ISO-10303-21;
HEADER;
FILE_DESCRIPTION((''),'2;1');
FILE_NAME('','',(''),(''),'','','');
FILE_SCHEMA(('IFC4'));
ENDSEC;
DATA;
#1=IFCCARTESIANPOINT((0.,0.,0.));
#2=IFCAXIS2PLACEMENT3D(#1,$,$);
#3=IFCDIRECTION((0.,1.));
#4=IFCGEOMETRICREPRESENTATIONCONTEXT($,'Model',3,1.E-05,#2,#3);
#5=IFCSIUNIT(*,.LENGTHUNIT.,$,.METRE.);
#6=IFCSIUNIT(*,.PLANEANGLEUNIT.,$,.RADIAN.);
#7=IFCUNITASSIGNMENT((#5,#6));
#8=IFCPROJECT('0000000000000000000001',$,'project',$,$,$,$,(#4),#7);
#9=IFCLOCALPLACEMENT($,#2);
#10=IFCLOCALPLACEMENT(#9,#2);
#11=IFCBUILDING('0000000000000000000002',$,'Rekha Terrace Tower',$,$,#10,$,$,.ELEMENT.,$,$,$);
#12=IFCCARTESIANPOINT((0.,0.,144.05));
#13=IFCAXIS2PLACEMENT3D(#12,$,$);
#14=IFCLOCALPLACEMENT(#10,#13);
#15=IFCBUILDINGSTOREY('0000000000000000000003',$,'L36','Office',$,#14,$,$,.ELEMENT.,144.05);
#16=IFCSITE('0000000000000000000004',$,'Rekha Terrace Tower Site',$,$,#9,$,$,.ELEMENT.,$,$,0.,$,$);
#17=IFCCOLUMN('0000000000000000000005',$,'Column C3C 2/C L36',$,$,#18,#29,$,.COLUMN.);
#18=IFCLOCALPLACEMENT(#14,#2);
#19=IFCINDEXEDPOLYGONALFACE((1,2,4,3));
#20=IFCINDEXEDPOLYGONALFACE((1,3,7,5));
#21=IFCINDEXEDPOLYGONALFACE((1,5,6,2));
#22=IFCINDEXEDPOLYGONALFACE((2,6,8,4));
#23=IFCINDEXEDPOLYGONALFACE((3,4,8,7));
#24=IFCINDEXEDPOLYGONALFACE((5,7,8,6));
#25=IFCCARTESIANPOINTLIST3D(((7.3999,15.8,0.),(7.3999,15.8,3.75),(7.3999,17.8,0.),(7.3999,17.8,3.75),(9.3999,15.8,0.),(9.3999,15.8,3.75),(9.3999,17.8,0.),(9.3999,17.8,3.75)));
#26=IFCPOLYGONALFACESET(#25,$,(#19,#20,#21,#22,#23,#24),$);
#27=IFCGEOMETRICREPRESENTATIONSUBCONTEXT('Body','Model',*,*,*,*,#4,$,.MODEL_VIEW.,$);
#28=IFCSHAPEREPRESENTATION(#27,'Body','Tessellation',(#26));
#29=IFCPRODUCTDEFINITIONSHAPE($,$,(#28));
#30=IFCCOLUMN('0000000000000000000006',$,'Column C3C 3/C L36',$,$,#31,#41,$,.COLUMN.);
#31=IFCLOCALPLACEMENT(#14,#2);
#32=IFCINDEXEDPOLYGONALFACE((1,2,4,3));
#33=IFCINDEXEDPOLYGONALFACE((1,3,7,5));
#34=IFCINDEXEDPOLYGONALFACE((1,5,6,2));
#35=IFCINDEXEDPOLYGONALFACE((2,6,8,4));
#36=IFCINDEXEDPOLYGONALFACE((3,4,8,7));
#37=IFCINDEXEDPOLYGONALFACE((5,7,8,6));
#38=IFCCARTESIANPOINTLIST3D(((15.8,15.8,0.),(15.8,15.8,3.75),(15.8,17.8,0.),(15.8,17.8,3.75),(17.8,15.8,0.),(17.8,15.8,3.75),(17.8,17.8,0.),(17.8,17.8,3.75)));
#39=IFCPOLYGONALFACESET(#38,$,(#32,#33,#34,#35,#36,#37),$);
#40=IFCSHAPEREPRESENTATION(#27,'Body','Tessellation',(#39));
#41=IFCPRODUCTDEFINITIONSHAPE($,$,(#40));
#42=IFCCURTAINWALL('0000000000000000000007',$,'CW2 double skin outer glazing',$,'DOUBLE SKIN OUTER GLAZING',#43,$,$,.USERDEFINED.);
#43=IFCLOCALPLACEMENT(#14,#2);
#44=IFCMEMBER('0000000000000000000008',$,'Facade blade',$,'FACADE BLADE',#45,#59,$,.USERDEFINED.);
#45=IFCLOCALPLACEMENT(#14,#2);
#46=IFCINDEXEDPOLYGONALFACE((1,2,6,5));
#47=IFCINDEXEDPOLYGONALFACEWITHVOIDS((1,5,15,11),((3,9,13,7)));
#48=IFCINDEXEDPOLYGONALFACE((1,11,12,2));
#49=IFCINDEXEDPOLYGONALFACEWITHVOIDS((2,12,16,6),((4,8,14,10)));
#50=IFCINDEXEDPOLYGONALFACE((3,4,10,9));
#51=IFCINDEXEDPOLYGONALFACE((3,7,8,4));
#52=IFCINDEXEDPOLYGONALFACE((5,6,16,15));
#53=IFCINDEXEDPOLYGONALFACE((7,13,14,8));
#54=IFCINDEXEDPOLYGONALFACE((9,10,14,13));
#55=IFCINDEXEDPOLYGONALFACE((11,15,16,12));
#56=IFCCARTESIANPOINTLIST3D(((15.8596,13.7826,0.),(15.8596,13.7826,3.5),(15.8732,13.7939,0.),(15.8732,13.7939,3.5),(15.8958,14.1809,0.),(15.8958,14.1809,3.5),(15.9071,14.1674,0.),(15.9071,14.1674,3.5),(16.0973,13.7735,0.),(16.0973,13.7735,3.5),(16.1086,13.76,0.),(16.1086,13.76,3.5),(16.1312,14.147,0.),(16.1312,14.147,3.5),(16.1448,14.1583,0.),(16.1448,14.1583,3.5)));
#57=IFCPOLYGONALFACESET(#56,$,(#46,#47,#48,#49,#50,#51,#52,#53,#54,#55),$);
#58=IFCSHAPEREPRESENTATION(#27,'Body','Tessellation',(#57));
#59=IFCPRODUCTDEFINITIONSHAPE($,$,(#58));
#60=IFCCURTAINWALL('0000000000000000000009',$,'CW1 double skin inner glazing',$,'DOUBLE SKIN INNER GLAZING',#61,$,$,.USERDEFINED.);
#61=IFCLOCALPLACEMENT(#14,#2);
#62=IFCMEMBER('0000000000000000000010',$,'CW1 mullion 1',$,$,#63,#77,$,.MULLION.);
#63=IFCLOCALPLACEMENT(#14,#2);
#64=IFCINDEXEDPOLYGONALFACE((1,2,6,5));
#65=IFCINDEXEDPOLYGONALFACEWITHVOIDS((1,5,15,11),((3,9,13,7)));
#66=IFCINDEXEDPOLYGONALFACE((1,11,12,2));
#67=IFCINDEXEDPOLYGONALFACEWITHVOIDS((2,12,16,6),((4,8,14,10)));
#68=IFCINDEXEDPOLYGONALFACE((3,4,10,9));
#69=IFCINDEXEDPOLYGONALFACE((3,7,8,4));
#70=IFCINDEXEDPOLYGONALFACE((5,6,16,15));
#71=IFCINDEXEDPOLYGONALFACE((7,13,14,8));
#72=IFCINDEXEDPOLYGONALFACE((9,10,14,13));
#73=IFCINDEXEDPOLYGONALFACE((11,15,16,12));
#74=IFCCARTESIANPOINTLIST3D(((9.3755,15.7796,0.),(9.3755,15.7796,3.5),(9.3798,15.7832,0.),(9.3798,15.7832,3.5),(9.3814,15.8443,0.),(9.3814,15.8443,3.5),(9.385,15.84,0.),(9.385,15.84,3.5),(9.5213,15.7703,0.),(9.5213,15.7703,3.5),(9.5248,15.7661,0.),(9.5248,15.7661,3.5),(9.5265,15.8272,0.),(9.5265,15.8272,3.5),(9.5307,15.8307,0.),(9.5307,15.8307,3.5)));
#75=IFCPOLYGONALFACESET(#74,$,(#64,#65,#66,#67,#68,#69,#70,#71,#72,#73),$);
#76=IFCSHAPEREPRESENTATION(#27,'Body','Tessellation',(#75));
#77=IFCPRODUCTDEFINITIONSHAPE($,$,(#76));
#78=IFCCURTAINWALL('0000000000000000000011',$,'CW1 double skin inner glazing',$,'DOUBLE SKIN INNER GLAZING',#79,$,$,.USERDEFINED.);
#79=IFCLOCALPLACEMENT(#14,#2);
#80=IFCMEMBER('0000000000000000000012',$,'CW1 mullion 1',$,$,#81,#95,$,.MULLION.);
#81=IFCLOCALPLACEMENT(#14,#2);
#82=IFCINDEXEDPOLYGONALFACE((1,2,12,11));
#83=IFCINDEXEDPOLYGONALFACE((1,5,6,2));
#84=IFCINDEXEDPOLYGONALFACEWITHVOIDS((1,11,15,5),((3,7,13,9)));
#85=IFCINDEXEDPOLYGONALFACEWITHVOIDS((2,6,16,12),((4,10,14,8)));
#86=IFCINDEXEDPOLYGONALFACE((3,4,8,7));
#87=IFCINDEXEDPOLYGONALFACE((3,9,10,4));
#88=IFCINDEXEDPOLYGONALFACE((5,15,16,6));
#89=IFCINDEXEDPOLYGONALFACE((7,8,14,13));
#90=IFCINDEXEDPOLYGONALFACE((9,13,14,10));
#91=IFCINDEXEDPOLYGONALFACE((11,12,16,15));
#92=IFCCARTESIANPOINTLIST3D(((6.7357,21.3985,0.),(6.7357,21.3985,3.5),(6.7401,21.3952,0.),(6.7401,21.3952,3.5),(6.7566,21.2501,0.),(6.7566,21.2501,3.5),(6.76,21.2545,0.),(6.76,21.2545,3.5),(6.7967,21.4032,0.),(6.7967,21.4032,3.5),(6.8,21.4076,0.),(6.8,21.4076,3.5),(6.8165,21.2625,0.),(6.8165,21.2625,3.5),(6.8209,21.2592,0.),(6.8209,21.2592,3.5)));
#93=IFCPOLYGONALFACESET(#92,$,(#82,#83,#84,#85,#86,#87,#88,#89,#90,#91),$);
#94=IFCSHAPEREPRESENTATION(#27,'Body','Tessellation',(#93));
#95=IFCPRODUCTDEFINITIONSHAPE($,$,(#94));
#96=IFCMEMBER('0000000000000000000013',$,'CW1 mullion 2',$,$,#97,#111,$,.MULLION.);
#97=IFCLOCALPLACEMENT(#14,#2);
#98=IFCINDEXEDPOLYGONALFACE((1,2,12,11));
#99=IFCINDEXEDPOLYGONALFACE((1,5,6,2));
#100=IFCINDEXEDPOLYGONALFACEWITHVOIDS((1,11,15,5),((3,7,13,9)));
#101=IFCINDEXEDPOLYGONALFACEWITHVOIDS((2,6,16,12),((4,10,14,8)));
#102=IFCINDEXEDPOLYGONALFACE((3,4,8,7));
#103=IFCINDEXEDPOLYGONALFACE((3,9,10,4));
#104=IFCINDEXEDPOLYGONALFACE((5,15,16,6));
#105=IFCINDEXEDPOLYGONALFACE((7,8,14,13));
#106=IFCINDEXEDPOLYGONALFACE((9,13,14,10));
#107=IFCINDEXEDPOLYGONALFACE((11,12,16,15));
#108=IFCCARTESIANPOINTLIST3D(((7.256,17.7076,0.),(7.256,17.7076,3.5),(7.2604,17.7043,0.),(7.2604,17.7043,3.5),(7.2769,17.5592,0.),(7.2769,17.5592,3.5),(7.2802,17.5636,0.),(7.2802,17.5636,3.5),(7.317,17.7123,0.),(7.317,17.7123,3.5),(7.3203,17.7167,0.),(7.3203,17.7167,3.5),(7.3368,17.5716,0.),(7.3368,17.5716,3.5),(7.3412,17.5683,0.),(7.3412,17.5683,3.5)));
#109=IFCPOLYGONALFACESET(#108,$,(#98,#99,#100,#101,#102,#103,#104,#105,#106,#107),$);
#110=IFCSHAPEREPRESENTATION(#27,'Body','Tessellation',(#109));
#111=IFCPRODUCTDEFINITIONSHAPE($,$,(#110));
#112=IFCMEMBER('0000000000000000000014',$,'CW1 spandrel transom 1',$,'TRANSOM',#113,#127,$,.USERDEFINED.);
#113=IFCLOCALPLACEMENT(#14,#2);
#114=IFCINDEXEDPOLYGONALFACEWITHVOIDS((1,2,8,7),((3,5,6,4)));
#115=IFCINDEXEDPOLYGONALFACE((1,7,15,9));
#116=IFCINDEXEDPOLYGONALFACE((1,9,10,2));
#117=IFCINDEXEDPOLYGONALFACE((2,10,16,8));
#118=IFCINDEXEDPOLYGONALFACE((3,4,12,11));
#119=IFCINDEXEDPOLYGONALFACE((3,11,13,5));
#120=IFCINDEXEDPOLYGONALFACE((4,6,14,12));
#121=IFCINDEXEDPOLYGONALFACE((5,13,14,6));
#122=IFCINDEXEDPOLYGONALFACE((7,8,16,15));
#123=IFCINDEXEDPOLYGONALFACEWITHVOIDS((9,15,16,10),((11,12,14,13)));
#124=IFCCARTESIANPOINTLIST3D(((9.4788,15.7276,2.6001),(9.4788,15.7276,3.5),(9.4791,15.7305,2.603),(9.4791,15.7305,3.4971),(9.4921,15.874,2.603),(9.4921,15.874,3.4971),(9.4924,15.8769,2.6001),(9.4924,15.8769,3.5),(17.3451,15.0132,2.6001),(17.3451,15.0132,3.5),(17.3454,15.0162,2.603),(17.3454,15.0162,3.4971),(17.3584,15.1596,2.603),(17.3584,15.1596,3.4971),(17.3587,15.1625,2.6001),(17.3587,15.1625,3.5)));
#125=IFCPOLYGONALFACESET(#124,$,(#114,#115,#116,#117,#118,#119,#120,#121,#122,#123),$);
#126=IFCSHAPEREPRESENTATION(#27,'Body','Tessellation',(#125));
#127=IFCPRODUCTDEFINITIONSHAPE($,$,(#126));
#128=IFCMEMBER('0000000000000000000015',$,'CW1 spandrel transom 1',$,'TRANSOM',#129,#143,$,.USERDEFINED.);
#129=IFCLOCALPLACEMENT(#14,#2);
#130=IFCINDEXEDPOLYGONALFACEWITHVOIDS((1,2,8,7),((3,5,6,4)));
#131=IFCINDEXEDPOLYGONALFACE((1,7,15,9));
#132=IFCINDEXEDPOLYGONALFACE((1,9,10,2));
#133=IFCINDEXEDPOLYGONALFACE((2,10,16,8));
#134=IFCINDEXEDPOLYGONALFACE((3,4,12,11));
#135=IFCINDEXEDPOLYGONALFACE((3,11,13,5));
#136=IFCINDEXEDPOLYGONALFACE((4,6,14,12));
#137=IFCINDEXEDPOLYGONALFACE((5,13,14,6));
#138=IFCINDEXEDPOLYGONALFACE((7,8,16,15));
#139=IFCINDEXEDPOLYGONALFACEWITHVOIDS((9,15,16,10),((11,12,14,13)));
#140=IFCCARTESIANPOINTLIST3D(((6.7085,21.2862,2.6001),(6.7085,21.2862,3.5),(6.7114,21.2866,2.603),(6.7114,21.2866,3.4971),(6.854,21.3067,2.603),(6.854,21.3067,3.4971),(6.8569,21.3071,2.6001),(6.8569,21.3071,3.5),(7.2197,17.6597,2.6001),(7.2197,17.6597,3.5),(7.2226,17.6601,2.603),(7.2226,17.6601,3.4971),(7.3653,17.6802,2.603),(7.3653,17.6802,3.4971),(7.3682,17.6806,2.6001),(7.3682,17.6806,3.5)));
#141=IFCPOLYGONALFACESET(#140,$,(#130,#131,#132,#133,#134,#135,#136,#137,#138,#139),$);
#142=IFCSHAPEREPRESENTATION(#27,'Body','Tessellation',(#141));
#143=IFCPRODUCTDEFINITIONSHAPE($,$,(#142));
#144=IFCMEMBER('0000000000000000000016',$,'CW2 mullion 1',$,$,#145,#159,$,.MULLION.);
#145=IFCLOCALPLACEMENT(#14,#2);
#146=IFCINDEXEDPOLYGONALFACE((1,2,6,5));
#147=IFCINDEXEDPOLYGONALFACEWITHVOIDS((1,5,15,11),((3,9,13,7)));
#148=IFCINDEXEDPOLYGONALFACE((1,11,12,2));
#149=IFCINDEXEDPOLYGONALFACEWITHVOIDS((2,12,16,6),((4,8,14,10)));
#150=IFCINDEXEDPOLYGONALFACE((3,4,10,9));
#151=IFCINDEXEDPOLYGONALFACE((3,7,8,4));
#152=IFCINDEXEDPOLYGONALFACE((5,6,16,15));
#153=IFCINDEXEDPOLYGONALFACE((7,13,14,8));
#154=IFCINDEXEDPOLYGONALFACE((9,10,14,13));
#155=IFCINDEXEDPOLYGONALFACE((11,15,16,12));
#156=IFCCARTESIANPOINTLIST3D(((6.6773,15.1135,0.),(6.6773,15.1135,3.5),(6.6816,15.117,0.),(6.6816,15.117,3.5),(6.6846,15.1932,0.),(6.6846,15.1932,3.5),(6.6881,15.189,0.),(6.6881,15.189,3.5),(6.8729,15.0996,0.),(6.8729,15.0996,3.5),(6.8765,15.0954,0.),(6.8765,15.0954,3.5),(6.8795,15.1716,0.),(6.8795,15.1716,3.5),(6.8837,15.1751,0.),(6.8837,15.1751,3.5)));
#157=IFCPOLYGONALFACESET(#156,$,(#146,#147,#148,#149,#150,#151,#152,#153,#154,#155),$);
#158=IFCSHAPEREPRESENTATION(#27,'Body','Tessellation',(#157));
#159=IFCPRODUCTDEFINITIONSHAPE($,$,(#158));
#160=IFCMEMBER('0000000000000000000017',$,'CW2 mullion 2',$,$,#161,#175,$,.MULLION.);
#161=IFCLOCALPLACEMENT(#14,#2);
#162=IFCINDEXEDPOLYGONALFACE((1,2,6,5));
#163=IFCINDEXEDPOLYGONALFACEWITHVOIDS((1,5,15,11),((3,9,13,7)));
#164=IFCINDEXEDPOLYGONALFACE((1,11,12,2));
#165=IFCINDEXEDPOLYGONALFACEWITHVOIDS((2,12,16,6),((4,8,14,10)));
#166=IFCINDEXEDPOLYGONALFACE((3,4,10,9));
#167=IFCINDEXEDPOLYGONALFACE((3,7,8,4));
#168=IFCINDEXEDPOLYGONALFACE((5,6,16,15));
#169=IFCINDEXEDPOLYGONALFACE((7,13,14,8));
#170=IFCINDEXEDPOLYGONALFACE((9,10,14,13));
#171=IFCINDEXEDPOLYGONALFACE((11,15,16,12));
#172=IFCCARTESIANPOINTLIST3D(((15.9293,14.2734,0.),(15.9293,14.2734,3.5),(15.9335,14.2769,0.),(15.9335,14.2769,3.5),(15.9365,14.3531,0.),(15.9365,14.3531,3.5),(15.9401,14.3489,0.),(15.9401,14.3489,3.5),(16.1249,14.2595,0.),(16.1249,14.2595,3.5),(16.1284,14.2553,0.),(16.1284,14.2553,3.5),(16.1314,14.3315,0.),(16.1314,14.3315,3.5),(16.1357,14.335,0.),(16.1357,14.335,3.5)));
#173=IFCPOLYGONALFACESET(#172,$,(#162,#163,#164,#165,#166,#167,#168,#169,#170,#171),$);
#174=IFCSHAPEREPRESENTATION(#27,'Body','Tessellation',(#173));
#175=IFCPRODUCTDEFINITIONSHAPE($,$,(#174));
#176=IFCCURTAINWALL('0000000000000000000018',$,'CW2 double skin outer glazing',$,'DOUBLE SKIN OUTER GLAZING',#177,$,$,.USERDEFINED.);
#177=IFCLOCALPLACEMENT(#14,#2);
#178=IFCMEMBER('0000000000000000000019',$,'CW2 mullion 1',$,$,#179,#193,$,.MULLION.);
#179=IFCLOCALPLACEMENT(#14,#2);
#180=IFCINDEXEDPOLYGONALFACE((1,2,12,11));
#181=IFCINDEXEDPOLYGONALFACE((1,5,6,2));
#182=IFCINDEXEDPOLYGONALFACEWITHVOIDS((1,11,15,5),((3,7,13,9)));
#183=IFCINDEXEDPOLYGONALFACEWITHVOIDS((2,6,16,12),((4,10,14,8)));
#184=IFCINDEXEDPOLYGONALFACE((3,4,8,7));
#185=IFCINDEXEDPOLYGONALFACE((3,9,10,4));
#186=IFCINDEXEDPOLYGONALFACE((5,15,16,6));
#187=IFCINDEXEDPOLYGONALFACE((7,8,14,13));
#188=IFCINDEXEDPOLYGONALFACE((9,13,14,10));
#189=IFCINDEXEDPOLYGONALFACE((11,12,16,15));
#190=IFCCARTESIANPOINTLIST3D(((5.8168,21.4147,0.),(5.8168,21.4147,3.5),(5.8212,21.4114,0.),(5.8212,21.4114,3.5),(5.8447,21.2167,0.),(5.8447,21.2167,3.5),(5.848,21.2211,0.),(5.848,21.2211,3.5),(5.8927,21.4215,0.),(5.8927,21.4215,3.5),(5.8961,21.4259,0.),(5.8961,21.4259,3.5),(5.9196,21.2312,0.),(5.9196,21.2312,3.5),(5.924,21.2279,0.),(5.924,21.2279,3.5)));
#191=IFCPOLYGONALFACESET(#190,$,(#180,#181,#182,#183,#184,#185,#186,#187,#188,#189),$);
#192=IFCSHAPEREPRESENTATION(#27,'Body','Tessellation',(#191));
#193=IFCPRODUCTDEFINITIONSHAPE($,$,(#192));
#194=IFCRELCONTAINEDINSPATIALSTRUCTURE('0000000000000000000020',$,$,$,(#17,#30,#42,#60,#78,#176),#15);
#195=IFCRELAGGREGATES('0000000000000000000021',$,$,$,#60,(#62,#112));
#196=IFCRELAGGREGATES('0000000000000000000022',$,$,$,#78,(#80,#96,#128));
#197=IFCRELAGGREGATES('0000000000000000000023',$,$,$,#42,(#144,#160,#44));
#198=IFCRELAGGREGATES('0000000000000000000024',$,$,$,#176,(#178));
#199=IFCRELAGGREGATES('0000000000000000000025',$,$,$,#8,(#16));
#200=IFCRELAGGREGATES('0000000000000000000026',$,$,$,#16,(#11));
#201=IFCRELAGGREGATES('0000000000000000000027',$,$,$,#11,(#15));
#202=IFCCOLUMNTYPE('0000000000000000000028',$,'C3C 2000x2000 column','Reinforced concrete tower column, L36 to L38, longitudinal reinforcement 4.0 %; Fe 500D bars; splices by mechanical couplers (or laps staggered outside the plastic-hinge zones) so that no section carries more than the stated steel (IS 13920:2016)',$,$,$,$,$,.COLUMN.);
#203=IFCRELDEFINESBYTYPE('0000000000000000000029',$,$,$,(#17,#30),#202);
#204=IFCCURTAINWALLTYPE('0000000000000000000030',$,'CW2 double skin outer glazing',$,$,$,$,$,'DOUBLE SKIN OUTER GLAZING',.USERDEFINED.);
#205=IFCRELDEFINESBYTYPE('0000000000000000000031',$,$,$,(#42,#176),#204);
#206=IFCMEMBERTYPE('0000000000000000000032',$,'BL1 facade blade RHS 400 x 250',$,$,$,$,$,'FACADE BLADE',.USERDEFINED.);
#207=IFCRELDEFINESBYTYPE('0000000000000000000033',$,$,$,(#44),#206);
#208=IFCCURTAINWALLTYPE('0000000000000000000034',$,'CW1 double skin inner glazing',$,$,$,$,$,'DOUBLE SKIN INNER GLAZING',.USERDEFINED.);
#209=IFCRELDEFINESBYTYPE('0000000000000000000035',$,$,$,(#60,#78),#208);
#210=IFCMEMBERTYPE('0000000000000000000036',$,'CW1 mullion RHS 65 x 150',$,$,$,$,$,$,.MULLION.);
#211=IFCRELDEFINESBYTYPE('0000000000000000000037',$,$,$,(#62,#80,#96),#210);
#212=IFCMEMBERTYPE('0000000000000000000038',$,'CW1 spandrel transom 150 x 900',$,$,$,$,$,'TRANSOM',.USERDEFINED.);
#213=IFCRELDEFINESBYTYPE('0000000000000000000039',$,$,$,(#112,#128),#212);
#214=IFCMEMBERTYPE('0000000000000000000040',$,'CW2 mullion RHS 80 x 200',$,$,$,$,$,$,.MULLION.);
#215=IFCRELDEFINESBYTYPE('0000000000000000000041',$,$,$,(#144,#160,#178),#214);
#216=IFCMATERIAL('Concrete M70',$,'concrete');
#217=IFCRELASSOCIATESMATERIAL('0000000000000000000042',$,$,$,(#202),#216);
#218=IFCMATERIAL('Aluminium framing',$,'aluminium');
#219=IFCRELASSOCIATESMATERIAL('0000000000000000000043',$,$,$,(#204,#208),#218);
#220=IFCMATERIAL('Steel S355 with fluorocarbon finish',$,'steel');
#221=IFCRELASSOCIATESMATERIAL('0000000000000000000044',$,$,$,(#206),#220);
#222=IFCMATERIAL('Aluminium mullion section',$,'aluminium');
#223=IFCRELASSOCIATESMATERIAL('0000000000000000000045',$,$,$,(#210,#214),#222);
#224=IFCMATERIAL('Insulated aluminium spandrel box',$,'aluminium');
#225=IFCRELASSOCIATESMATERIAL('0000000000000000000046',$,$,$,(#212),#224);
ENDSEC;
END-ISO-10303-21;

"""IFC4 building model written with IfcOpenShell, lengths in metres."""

from ifc_helpers import new_model, si_unit, direction, frame, origin, origin_2d, place, context, subcontext, project, spatial, rectangle, hollow_rectangle, extrude, material, material_profile, profile_set, type_object, element, aggregate, save


model = new_model("IFC4")

# Units and contexts
model_context = context("Model", 3, precision=1e-05, world=origin(), true_north=direction((0.0, 1.0)))
body_context = subcontext(model_context, "Body", "Model", "MODEL_VIEW")
ifc_project = project(units=[si_unit("LENGTHUNIT", "METRE"), si_unit("PLANEANGLEUNIT", "RADIAN")], contexts=[model_context])

# Site, building, storey
site_placement = place(None, origin())
site = spatial("IfcSite", under=ifc_project, at=site_placement, Name="Rekha Terrace Tower Site", CompositionType="ELEMENT", RefElevation=0.0)
building_placement = place(site_placement, origin())
building = spatial("IfcBuilding", under=site, at=building_placement, Name="Rekha Terrace Tower", CompositionType="ELEMENT")
storey_placement = place(building_placement, frame((0.0, 0.0, 144.05)))
storey = spatial("IfcBuildingStorey", under=building, at=storey_placement, Name="L36", Description="Office", CompositionType="ELEMENT", Elevation=144.05)

# Columns
ifc_material_1 = material(Name="Concrete M70", Category="concrete")
ifc_material_profile_1 = material_profile(ifc_material_1, rectangle(XDim=2.0, YDim=2.0, at=origin_2d()), Name="RC 2000x2000")
ifc_profile_set_1 = profile_set([ifc_material_profile_1], Name="Concrete M70")
column_type = type_object("IfcColumnType", Name="C3C 2000x2000 column", Description="Reinforced concrete tower column, L36 to L38, longitudinal reinforcement 4.0 %; Fe 500D bars; splices by mechanical couplers (or laps staggered outside the plastic-hinge zones) so that no section carries more than the stated steel (IS 13920:2016)", PredefinedType="COLUMN", material=ifc_profile_set_1)
for number, where, z_axis, x_axis, name in (
    (1, (8.3999, 16.8, 0.0), (0.0, 0.0, 1.0), (1.0, 0.0, 0.0), "Column C3C 2/C L36"),
    (2, (16.8, 16.8, 0.0), (0.0, 0.0, 1.0), (1.0, 0.0, 0.0), "Column C3C 3/C L36"),
):
    element("IfcColumn", number, at=place(storey_placement, frame(where, z_axis=z_axis, x_axis=x_axis)), inside=storey, type_object=column_type, Name=name, PredefinedType="COLUMN", context=body_context, shape_type="SweptSolid", body=[
        extrude(rectangle(XDim=2.0, YDim=2.0, at=origin_2d()), origin(), (0.0, 0.0, 1.0), 3.75),
    ])

# Curtain walls, members
ifc_material_2 = material(Name="Aluminium framing", Category="aluminium")
curtain_wall_type_1 = type_object("IfcCurtainWallType", Name="CW2 double skin outer glazing", ElementType="DOUBLE SKIN OUTER GLAZING", PredefinedType="USERDEFINED", material=ifc_material_2)
curtain_wall_1_placement = place(storey_placement, origin())
curtain_wall_1 = element("IfcCurtainWall", 3, at=curtain_wall_1_placement, inside=storey, type_object=curtain_wall_type_1, Name="CW2 double skin outer glazing", ObjectType="DOUBLE SKIN OUTER GLAZING", PredefinedType="USERDEFINED")
ifc_material_3 = material(Name="Steel S355 with fluorocarbon finish", Category="steel")
ifc_material_profile_2 = material_profile(ifc_material_3, hollow_rectangle(XDim=0.25, YDim=0.3999, WallThickness=0.0125, at=origin_2d()), Name="RHS400x250x12.5")
ifc_profile_set_2 = profile_set([ifc_material_profile_2], Name="Steel S355 with fluorocarbon finish")
member_type_1 = type_object("IfcMemberType", Name="BL1 facade blade RHS 400 x 250", ElementType="FACADE BLADE", PredefinedType="USERDEFINED", material=ifc_profile_set_2)
member_1_placement = place(storey_placement, frame((16.0022, 13.9705, 0.0), z_axis=(0.0, 0.0, 1.0), x_axis=(0.995902, -0.09044, 0.0)))
member_1 = element("IfcMember", 4, at=member_1_placement, type_object=member_type_1, Name="Facade blade", ObjectType="FACADE BLADE", PredefinedType="USERDEFINED", context=body_context, shape_type="SweptSolid", body=[
    extrude(hollow_rectangle(XDim=0.25, YDim=0.3999, WallThickness=0.0125, at=origin_2d()), origin(), (0.0, 0.0, 1.0), 3.5),
])
curtain_wall_type_2 = type_object("IfcCurtainWallType", Name="CW1 double skin inner glazing", ElementType="DOUBLE SKIN INNER GLAZING", PredefinedType="USERDEFINED", material=ifc_material_2)
curtain_wall_2_placement = place(storey_placement, origin())
curtain_wall_2 = element("IfcCurtainWall", 5, at=curtain_wall_2_placement, inside=storey, type_object=curtain_wall_type_2, Name="CW1 double skin inner glazing", ObjectType="DOUBLE SKIN INNER GLAZING", PredefinedType="USERDEFINED")
ifc_material_4 = material(Name="Aluminium mullion section", Category="aluminium")
ifc_material_profile_3 = material_profile(ifc_material_4, hollow_rectangle(XDim=0.0649, YDim=0.1499, WallThickness=0.0039, at=origin_2d()), Name="AL RHS 65x150")
ifc_profile_set_3 = profile_set([ifc_material_profile_3], Name="Aluminium mullion section")
member_type_2 = type_object("IfcMemberType", Name="CW1 mullion RHS 65 x 150", PredefinedType="MULLION", material=ifc_profile_set_3)
member_2_placement = place(storey_placement, frame((9.4531, 15.8052, 0.0), z_axis=(0.0, 0.0, 1.0), x_axis=(0.09044, 0.995902, 0.0)))
member_2 = element("IfcMember", 6, at=member_2_placement, type_object=member_type_2, Name="CW1 mullion 1", PredefinedType="MULLION", context=body_context, shape_type="SweptSolid", body=[
    extrude(hollow_rectangle(XDim=0.0649, YDim=0.1499, WallThickness=0.0039, at=origin_2d()), origin(), (0.0, 0.0, 1.0), 3.5),
])

# Curtain wall, members
curtain_wall_3_placement = place(storey_placement, origin())
curtain_wall_3 = element("IfcCurtainWall", 7, at=curtain_wall_3_placement, inside=storey, type_object=curtain_wall_type_2, Name="CW1 double skin inner glazing", ObjectType="DOUBLE SKIN INNER GLAZING", PredefinedType="USERDEFINED")
member_3_placement = place(storey_placement, frame((6.7783, 21.3289, 0.0), z_axis=(0.0, 0.0, 1.0), x_axis=(0.990208, 0.139597, 0.0)))
member_3 = element("IfcMember", 8, at=member_3_placement, type_object=member_type_2, Name="CW1 mullion 1", PredefinedType="MULLION", context=body_context, shape_type="SweptSolid", body=[
    extrude(hollow_rectangle(XDim=0.0649, YDim=0.1499, WallThickness=0.0039, at=origin_2d()), origin(), (0.0, 0.0, 1.0), 3.5),
])
member_4_placement = place(storey_placement, frame((7.2986, 17.6379, 0.0), z_axis=(0.0, 0.0, 1.0), x_axis=(0.990208, 0.139597, 0.0)))
member_4 = element("IfcMember", 9, at=member_4_placement, type_object=member_type_2, Name="CW1 mullion 2", PredefinedType="MULLION", context=body_context, shape_type="SweptSolid", body=[
    extrude(hollow_rectangle(XDim=0.0649, YDim=0.1499, WallThickness=0.0039, at=origin_2d()), origin(), (0.0, 0.0, 1.0), 3.5),
])

# Members
ifc_material_5 = material(Name="Insulated aluminium spandrel box", Category="aluminium")
ifc_material_profile_4 = material_profile(ifc_material_5, hollow_rectangle(XDim=0.1499, YDim=0.8999, WallThickness=0.0029, at=origin_2d()), Name="AL SPANDREL BOX 150x900")
ifc_profile_set_4 = profile_set([ifc_material_profile_4], Name="Insulated aluminium spandrel box")
member_type_3 = type_object("IfcMemberType", Name="CW1 spandrel transom 150 x 900", ElementType="TRANSOM", PredefinedType="USERDEFINED", material=ifc_profile_set_4)
member_5_placement = place(storey_placement, frame((9.4856, 15.8022, 3.05), z_axis=(0.995902, -0.090441, 0.0), x_axis=(0.090441, 0.995902, 0.0)))
member_5 = element("IfcMember", 10, at=member_5_placement, type_object=member_type_3, Name="CW1 spandrel transom 1", ObjectType="TRANSOM", PredefinedType="USERDEFINED", context=body_context, shape_type="SweptSolid", body=[
    extrude(hollow_rectangle(XDim=0.1499, YDim=0.8999, WallThickness=0.0029, at=origin_2d()), origin(), (0.0, 0.0, 1.0), 7.8987),
])
member_6_placement = place(storey_placement, frame((6.7827, 21.2966, 3.05), z_axis=(0.139592, -0.990209, 0.0), x_axis=(0.990209, 0.139592, 0.0)))
member_6 = element("IfcMember", 11, at=member_6_placement, type_object=member_type_3, Name="CW1 spandrel transom 1", ObjectType="TRANSOM", PredefinedType="USERDEFINED", context=body_context, shape_type="SweptSolid", body=[
    extrude(hollow_rectangle(XDim=0.1499, YDim=0.8999, WallThickness=0.0029, at=origin_2d()), origin(), (0.0, 0.0, 1.0), 3.6624),
])
ifc_material_profile_5 = material_profile(ifc_material_4, hollow_rectangle(XDim=0.0801, YDim=0.2, WallThickness=0.0039, at=origin_2d()), Name="AL RHS 80x200")
ifc_profile_set_5 = profile_set([ifc_material_profile_5], Name="Aluminium mullion section")
member_type_4 = type_object("IfcMemberType", Name="CW2 mullion RHS 80 x 200", PredefinedType="MULLION", material=ifc_profile_set_5)
member_7_placement = place(storey_placement, frame((6.7805, 15.1443, 0.0), z_axis=(0.0, 0.0, 1.0), x_axis=(0.09044, 0.995902, 0.0)))
member_7 = element("IfcMember", 12, at=member_7_placement, type_object=member_type_4, Name="CW2 mullion 1", PredefinedType="MULLION", context=body_context, shape_type="SweptSolid", body=[
    extrude(hollow_rectangle(XDim=0.0801, YDim=0.2, WallThickness=0.0039, at=origin_2d()), origin(), (0.0, 0.0, 1.0), 3.5),
])
member_8_placement = place(storey_placement, frame((16.0325, 14.3042, 0.0), z_axis=(0.0, 0.0, 1.0), x_axis=(0.09044, 0.995902, 0.0)))
member_8 = element("IfcMember", 13, at=member_8_placement, type_object=member_type_4, Name="CW2 mullion 2", PredefinedType="MULLION", context=body_context, shape_type="SweptSolid", body=[
    extrude(hollow_rectangle(XDim=0.0801, YDim=0.2, WallThickness=0.0039, at=origin_2d()), origin(), (0.0, 0.0, 1.0), 3.5),
])

# Curtain wall, member
curtain_wall_4_placement = place(storey_placement, origin())
curtain_wall_4 = element("IfcCurtainWall", 14, at=curtain_wall_4_placement, inside=storey, type_object=curtain_wall_type_1, Name="CW2 double skin outer glazing", ObjectType="DOUBLE SKIN OUTER GLAZING", PredefinedType="USERDEFINED")
member_9_placement = place(storey_placement, frame((5.8704, 21.3213, 0.0), z_axis=(0.0, 0.0, 1.0), x_axis=(0.990208, 0.139597, 0.0)))
member_9 = element("IfcMember", 15, at=member_9_placement, type_object=member_type_4, Name="CW2 mullion 1", PredefinedType="MULLION", context=body_context, shape_type="SweptSolid", body=[
    extrude(hollow_rectangle(XDim=0.0801, YDim=0.2, WallThickness=0.0039, at=origin_2d()), origin(), (0.0, 0.0, 1.0), 3.5),
])

aggregate(curtain_wall_2, [member_2, member_5])
aggregate(curtain_wall_3, [member_3, member_4, member_6])
aggregate(curtain_wall_1, [member_7, member_8, member_1])
aggregate(curtain_wall_4, [member_9])

save(model, "model.ifc")
